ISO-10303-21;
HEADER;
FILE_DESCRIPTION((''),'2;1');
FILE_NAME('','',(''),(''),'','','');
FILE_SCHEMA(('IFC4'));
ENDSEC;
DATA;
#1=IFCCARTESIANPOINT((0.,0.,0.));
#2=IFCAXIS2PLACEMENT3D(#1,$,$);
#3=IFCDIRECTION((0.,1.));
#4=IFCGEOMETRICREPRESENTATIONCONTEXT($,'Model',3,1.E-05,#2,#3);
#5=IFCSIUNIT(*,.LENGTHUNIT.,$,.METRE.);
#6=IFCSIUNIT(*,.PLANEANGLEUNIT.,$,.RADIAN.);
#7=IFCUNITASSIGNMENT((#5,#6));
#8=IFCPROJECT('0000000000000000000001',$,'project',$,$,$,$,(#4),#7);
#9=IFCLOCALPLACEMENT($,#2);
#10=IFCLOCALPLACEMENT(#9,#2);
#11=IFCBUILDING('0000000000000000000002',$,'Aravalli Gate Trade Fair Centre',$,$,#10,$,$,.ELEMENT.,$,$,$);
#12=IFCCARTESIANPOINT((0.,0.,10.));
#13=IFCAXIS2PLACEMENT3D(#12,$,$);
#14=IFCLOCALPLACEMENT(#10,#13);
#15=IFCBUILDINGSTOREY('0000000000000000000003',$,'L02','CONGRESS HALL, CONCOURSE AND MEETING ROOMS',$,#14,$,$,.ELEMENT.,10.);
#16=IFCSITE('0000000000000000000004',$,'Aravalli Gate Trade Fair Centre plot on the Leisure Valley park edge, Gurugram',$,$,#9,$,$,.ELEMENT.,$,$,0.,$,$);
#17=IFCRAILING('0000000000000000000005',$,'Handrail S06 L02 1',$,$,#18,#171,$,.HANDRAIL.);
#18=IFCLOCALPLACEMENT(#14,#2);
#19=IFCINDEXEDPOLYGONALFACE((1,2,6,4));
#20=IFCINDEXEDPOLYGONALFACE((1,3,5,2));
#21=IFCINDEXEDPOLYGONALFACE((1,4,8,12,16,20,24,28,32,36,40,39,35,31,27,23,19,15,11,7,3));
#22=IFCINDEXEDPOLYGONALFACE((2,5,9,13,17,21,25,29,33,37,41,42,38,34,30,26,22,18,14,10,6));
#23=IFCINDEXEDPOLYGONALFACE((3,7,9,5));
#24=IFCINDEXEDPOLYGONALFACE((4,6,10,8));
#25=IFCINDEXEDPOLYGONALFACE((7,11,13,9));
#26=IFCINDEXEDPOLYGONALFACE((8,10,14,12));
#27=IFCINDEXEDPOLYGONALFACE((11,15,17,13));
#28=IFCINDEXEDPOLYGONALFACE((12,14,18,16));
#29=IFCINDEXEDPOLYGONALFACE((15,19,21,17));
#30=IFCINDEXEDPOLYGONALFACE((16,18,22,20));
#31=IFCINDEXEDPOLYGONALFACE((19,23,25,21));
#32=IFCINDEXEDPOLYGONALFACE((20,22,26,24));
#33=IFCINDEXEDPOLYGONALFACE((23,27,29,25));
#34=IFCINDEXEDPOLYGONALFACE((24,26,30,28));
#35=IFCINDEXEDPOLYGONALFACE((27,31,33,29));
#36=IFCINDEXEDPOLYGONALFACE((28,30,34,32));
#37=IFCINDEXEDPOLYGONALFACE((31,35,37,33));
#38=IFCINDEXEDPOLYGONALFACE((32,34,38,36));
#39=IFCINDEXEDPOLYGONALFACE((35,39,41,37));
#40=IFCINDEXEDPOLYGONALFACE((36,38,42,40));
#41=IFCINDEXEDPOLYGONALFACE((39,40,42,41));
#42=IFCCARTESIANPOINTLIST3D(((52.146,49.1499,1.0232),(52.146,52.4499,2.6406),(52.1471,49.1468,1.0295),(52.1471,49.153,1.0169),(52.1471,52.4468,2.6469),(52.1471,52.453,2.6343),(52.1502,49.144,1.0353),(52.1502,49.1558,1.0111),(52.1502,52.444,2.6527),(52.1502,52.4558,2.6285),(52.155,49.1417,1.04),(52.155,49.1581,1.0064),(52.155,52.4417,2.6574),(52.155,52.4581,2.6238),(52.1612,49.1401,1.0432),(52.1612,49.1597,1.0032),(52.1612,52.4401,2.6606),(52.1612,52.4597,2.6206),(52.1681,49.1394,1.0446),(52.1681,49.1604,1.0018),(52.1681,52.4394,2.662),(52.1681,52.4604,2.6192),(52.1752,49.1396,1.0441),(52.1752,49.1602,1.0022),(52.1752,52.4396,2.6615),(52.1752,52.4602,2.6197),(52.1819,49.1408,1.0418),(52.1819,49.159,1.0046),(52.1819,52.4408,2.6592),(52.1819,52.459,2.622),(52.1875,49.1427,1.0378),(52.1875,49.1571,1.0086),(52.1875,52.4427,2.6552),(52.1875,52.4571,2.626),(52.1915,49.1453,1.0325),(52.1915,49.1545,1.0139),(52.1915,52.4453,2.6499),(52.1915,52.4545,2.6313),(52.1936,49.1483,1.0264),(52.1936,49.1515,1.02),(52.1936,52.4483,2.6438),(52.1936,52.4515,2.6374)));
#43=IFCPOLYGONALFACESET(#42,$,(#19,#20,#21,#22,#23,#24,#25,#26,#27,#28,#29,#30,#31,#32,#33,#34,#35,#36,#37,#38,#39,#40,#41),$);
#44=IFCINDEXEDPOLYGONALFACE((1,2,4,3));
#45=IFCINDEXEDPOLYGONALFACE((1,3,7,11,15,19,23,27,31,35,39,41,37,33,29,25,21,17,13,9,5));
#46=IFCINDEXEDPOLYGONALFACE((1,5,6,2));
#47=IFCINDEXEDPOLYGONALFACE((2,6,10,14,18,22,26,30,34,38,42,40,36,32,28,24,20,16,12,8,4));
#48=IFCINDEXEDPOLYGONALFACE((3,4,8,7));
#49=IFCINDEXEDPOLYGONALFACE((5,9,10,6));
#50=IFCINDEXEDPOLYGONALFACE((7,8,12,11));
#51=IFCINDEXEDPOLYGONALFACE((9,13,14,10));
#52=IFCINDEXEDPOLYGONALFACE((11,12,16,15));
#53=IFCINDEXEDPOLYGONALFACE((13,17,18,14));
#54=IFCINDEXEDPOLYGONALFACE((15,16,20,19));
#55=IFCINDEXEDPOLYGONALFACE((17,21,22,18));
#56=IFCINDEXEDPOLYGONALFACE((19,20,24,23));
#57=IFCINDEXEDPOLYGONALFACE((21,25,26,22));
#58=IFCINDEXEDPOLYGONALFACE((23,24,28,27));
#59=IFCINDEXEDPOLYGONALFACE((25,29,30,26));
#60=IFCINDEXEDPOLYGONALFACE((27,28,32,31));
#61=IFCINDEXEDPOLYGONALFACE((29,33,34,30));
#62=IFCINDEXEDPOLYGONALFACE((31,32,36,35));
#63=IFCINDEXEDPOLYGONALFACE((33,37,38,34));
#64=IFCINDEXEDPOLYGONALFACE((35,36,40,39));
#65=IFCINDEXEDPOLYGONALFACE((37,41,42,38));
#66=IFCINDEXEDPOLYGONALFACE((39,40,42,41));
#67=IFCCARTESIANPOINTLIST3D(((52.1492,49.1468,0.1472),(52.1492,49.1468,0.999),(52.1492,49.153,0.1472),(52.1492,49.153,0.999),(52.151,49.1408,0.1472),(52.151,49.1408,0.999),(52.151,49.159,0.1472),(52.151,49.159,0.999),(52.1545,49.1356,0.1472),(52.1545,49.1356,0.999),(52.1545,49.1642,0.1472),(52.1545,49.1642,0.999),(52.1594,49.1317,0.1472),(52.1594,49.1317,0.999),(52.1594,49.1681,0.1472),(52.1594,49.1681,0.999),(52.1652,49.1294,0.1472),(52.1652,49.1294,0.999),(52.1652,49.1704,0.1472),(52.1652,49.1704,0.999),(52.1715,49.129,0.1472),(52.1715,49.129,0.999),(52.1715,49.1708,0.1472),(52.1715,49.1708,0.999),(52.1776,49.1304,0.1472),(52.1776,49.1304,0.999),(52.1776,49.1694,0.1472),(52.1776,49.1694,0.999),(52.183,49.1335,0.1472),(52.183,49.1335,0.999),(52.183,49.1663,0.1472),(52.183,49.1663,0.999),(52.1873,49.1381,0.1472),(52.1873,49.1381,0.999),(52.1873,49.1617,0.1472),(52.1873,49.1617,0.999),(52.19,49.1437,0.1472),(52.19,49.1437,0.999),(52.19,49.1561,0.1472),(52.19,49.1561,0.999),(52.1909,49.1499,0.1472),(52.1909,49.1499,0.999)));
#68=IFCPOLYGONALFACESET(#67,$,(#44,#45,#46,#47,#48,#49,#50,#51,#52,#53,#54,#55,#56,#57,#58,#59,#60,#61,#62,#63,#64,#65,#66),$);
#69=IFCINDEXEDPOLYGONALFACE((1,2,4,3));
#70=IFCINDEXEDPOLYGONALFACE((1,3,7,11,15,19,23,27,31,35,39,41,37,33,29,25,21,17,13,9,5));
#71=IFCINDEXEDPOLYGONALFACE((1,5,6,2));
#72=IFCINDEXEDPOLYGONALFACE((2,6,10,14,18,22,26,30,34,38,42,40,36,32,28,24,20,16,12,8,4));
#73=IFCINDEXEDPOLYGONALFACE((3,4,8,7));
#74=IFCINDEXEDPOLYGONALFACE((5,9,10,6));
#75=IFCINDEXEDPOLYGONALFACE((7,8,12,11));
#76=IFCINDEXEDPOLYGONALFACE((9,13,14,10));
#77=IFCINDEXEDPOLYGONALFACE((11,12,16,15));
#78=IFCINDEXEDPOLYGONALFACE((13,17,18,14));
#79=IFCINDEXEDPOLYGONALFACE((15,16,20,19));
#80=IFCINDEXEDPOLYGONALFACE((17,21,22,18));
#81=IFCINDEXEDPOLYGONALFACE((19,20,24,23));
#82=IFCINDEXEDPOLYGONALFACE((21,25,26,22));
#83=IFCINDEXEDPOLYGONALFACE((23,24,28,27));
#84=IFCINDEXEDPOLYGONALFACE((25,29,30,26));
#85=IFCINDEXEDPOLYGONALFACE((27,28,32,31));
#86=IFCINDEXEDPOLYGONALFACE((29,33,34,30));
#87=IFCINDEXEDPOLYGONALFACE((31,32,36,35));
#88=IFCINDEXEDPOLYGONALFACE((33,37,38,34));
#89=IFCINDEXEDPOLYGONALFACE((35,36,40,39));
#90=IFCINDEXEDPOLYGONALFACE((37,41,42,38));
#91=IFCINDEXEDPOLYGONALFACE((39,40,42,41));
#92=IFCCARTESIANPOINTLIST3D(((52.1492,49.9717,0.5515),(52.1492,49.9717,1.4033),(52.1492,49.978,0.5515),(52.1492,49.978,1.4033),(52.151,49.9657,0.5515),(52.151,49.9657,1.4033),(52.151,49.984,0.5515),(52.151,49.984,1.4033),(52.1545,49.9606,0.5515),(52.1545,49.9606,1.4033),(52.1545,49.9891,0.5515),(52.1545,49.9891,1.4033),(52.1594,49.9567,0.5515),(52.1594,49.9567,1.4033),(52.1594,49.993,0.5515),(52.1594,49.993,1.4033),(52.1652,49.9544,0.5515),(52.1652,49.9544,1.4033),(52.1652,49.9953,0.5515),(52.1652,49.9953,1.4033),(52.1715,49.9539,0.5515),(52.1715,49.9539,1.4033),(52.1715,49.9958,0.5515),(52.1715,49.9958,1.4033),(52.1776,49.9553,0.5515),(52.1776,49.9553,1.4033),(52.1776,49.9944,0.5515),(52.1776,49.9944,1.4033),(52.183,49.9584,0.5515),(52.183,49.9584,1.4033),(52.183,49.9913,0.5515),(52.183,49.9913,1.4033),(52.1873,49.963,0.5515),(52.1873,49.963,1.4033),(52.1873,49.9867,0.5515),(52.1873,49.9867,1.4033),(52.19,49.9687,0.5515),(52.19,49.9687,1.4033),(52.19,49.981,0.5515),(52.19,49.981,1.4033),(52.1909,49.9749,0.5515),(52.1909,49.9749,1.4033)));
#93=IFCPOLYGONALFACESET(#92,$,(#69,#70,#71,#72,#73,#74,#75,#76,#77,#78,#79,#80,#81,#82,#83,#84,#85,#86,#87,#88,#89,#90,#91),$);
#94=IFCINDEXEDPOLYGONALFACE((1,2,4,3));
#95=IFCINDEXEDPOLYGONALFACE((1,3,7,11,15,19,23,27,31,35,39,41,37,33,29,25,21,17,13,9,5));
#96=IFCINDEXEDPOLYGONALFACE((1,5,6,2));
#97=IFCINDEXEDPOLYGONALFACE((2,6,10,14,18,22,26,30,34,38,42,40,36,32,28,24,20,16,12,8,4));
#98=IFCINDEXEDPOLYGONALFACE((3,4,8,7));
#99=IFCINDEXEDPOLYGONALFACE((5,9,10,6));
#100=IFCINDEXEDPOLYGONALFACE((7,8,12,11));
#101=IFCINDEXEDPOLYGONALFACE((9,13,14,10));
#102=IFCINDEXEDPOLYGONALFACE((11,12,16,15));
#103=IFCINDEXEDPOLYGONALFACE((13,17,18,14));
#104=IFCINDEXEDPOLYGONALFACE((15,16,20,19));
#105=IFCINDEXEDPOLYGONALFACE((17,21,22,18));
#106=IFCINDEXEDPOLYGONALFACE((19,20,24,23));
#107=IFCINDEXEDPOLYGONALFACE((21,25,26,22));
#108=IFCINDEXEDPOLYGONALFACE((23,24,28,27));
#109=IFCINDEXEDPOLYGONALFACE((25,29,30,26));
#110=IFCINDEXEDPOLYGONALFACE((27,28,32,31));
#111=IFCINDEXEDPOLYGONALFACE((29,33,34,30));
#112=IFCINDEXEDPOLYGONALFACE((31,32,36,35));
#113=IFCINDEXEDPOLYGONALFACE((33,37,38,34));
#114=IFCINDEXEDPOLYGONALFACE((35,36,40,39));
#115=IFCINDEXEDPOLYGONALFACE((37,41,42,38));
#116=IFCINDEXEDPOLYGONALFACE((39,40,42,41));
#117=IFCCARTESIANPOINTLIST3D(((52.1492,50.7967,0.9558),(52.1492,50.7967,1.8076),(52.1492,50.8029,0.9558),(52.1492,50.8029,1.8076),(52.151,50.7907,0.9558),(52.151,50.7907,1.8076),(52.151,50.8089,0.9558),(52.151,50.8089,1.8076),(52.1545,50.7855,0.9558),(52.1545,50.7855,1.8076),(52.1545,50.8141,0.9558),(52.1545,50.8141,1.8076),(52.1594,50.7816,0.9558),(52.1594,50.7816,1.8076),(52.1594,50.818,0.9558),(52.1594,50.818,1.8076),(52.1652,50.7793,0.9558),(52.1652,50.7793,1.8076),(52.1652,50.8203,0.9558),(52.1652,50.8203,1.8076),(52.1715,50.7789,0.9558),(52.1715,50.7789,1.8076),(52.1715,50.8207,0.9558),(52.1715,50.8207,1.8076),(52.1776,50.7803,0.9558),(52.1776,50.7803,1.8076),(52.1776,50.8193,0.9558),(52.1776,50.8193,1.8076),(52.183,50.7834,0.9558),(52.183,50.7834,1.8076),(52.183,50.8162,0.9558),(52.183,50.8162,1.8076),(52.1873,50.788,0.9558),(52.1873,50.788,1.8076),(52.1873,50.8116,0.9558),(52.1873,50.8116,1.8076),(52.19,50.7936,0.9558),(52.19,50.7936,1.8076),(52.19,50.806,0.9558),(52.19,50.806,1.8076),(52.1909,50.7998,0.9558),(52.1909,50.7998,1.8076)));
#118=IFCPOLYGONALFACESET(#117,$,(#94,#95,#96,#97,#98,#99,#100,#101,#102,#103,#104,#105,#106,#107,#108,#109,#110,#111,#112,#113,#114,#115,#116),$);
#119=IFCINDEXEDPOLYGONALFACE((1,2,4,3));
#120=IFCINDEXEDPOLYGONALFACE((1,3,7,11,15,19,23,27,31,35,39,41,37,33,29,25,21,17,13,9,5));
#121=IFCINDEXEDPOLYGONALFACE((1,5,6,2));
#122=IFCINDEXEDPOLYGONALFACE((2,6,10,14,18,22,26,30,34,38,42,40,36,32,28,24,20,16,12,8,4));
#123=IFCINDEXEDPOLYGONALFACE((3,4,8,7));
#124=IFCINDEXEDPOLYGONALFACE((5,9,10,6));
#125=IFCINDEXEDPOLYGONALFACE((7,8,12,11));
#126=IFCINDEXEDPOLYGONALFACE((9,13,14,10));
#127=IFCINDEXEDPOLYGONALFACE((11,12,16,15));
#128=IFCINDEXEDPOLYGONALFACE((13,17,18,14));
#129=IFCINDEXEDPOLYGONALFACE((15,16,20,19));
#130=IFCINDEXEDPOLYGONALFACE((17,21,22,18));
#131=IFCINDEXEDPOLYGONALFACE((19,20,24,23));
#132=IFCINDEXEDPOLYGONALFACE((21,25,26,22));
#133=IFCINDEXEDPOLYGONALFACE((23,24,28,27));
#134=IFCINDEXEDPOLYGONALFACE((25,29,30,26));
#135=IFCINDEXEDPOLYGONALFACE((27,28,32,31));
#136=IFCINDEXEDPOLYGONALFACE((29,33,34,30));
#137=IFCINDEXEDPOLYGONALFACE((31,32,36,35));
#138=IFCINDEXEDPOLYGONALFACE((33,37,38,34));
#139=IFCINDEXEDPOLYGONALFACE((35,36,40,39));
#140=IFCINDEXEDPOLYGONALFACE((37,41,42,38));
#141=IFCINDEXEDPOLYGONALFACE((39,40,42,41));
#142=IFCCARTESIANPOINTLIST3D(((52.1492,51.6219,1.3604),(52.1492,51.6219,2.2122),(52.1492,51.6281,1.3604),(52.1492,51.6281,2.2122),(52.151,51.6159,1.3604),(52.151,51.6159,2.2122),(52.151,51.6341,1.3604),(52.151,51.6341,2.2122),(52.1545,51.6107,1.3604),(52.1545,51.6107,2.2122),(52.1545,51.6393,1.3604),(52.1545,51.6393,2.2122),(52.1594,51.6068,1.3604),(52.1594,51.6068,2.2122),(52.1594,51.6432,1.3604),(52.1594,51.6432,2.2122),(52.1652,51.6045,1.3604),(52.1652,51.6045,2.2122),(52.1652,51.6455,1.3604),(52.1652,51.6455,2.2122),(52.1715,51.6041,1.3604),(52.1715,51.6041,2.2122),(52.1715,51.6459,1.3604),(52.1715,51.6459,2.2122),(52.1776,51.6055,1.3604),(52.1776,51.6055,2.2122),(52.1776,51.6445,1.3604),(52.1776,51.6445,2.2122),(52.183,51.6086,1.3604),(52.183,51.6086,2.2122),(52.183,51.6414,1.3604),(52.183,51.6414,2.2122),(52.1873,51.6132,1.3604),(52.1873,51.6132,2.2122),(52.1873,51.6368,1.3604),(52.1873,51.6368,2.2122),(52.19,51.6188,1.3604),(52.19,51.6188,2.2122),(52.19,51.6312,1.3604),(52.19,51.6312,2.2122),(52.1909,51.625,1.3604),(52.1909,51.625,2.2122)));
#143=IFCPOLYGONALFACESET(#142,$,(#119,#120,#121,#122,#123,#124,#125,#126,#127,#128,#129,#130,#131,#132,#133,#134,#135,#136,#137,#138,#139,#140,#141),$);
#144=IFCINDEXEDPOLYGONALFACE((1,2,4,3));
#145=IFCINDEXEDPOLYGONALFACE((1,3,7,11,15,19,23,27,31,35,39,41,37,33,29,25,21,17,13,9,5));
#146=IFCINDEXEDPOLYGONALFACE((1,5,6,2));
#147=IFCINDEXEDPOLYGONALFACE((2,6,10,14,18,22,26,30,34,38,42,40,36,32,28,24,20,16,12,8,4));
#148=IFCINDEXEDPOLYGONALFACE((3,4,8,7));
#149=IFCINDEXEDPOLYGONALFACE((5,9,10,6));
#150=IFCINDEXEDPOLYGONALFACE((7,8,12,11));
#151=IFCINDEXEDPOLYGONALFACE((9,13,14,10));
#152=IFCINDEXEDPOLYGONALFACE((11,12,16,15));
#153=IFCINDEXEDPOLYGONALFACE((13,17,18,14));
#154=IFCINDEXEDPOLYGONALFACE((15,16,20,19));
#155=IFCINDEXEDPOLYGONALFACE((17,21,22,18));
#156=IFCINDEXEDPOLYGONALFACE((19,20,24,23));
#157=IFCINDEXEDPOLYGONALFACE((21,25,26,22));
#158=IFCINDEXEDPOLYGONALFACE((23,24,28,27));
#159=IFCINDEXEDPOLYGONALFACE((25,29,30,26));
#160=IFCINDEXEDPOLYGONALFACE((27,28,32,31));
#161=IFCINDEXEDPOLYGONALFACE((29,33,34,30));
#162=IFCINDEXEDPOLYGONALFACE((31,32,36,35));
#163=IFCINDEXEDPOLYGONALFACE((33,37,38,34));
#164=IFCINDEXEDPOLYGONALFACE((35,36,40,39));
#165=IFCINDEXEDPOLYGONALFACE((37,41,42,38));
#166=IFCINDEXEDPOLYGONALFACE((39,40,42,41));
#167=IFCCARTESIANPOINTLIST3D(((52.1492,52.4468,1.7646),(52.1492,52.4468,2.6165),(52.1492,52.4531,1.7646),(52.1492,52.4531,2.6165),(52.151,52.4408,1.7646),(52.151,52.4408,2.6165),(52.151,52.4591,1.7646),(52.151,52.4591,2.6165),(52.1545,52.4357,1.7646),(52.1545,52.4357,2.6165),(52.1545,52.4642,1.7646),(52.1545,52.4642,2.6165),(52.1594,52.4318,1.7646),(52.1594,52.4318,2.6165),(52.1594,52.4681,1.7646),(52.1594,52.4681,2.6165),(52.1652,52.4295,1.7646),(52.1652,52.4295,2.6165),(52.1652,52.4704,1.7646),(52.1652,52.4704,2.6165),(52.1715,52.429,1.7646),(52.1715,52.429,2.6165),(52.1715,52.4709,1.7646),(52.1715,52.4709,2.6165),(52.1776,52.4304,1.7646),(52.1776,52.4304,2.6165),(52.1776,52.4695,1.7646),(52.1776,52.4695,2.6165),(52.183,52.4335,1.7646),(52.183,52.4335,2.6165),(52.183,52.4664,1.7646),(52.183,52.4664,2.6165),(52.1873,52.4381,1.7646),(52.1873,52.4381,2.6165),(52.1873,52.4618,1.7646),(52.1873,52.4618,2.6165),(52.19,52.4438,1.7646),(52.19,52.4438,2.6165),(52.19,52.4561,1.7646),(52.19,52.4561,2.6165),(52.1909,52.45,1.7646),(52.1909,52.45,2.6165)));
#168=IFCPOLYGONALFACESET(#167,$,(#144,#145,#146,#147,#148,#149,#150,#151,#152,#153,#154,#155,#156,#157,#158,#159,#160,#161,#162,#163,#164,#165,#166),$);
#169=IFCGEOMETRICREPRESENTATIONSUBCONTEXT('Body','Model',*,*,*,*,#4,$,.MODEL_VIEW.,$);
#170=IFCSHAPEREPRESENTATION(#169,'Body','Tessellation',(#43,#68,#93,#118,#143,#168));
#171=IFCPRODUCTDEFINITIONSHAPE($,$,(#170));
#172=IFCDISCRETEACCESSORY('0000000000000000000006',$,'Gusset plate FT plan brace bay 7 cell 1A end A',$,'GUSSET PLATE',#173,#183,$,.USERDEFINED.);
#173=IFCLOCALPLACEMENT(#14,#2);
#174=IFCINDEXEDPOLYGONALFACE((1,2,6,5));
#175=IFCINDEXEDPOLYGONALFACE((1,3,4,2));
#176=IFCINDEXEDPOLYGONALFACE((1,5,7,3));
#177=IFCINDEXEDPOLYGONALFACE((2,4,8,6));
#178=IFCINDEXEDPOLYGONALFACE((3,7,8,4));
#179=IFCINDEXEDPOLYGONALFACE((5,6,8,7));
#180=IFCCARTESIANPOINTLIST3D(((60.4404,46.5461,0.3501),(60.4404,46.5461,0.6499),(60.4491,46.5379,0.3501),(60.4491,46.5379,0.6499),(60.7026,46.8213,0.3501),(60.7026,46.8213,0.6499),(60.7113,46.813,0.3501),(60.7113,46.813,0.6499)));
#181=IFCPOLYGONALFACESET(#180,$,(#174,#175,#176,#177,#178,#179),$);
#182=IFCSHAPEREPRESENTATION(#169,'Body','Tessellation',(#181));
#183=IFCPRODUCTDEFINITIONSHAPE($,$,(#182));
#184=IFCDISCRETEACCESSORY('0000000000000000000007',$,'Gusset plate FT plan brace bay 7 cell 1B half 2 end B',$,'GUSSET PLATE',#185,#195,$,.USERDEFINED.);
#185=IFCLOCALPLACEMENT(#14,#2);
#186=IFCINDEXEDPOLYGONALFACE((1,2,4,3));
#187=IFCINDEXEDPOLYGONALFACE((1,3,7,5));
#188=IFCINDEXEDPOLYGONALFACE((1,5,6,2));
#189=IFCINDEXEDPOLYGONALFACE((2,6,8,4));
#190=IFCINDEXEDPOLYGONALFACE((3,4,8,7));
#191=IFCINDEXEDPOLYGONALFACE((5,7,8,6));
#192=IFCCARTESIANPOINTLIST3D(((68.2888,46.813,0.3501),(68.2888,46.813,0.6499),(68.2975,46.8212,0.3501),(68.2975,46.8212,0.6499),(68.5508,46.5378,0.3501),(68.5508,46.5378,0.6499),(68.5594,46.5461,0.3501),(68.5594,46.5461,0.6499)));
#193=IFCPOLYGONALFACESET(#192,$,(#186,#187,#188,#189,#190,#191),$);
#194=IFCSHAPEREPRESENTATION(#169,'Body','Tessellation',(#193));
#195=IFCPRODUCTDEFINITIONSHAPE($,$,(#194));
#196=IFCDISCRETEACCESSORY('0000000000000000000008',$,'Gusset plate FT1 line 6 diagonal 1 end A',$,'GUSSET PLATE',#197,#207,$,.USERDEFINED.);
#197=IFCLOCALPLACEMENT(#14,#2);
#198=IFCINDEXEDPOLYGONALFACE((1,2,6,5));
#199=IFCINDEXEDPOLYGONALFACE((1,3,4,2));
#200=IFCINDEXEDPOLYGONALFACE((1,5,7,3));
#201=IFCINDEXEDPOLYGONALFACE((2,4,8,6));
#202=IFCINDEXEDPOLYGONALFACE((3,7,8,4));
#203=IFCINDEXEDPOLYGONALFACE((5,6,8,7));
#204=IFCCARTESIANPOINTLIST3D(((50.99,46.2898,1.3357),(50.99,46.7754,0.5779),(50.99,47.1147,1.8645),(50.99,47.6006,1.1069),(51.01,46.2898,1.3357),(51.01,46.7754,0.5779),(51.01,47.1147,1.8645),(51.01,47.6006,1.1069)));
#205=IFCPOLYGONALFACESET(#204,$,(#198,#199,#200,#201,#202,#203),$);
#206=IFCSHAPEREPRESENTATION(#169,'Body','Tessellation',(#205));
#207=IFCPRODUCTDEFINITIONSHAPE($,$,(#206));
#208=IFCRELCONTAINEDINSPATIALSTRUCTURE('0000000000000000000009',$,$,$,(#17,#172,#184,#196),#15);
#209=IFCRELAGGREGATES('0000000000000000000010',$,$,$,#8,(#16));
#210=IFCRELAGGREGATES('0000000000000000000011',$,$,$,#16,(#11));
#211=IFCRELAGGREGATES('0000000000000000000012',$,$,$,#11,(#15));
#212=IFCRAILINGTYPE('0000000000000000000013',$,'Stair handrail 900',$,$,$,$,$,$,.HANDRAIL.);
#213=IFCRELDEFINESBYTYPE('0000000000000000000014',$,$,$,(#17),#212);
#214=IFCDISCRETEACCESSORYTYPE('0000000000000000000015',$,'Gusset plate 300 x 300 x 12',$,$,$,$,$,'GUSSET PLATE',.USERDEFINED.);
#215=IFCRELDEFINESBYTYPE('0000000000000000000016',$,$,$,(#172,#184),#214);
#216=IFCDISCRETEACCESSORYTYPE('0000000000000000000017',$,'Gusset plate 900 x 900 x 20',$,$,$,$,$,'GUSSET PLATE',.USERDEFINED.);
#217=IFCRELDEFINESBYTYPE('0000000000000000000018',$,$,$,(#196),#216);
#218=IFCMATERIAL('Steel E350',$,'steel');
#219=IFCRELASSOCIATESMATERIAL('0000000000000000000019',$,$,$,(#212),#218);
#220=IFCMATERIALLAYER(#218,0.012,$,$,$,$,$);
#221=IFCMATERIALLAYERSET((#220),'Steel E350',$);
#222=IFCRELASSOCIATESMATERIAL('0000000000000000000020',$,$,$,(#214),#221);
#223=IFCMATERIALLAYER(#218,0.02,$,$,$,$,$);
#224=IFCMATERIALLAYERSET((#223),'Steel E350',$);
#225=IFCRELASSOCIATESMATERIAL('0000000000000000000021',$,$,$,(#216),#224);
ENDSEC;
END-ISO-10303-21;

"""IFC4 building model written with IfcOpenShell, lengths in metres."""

from ifc_helpers import new_model, si_unit, direction, frame, origin, origin_2d, place, context, subcontext, project, spatial, polyline, circle, outline, extrude, material, layer, layer_set, type_object, element, save


model = new_model("IFC4")

# Units and contexts
model_context = context("Model", 3, precision=1e-05, world=origin(), true_north=direction((0.0, 1.0)))
body_context = subcontext(model_context, "Body", "Model", "MODEL_VIEW")
ifc_project = project(units=[si_unit("LENGTHUNIT", "METRE"), si_unit("PLANEANGLEUNIT", "RADIAN")], contexts=[model_context])

# Site, building, storey
site_placement = place(None, origin())
site = spatial("IfcSite", under=ifc_project, at=site_placement, Name="Aravalli Gate Trade Fair Centre plot on the Leisure Valley park edge, Gurugram", CompositionType="ELEMENT", RefElevation=0.0)
building_placement = place(site_placement, origin())
building = spatial("IfcBuilding", under=site, at=building_placement, Name="Aravalli Gate Trade Fair Centre", CompositionType="ELEMENT")
storey_placement = place(building_placement, frame((0.0, 0.0, 10.0)))
storey = spatial("IfcBuildingStorey", under=building, at=storey_placement, Name="L02", Description="CONGRESS HALL, CONCOURSE AND MEETING ROOMS", CompositionType="ELEMENT", Elevation=10.0)

# Shared definitions
ifc_material_1 = material(Name="Steel E350", Category="steel")

# Railing
railing_type = type_object("IfcRailingType", Name="Stair handrail 900", PredefinedType="HANDRAIL", material=ifc_material_1)
railing_placement = place(storey_placement, frame((52.1699, 49.1499, 0.1472)))
element("IfcRailing", 1, at=railing_placement, inside=storey, type_object=railing_type, Name="Handrail S06 L02 1", PredefinedType="HANDRAIL", context=body_context, shape_type="SweptSolid", body=[
    extrude(circle(Radius=0.0239, at=origin_2d()), frame((0.0, 0.0, 0.876), z_axis=(0.0, 0.897946, 0.440105), x_axis=(-1.0, 0.0, 0.0)), (0.0, 0.0, 1.0), 3.675),
    extrude(circle(Radius=0.021, at=origin_2d()), origin(), (0.0, 0.0, 1.0), 0.8518),
    extrude(circle(Radius=0.021, at=origin_2d()), frame((0.0, 0.825, 0.4043)), (0.0, 0.0, 1.0), 0.8518),
    extrude(circle(Radius=0.021, at=origin_2d()), frame((0.0, 1.6499, 0.8086)), (0.0, 0.0, 1.0), 0.8518),
    extrude(circle(Radius=0.021, at=origin_2d()), frame((0.0, 2.4751, 1.2131)), (0.0, 0.0, 1.0), 0.8518),
    extrude(circle(Radius=0.021, at=origin_2d()), frame((0.0, 3.3, 1.6174)), (0.0, 0.0, 1.0), 0.8518),
])

# Discrete accessories
ifc_layer_1 = layer(ifc_material_1, 0.012)
ifc_layer_set_1 = layer_set([ifc_layer_1], Name="Steel E350")
discrete_accessory_type_1 = type_object("IfcDiscreteAccessoryType", Name="Gusset plate 300 x 300 x 12", ElementType="GUSSET PLATE", PredefinedType="USERDEFINED", material=ifc_layer_set_1)
discrete_accessory_1_placement = place(storey_placement, frame((60.7026, 46.8213, 0.3501), z_axis=(-0.723924, 0.68988, 0.0), x_axis=(-0.68988, -0.723924, 0.0)))
element("IfcDiscreteAccessory", 2, at=discrete_accessory_1_placement, inside=storey, type_object=discrete_accessory_type_1, Name="Gusset plate FT plan brace bay 7 cell 1A end A", ObjectType="GUSSET PLATE", PredefinedType="USERDEFINED", context=body_context, shape_type="SweptSolid", body=[
    extrude(outline(polyline([(0.0, 0.0), (0.3801, 0.0), (0.3801, 0.2998), (0.0, 0.2998), (0.0, 0.0)])), origin(), (0.0, 0.0, -1.0), 0.012),
])
discrete_accessory_2_placement = place(storey_placement, frame((68.2888, 46.813, 0.3501), z_axis=(-0.724245, -0.689543, 0.0), x_axis=(0.689543, -0.724245, 0.0)))
element("IfcDiscreteAccessory", 3, at=discrete_accessory_2_placement, inside=storey, type_object=discrete_accessory_type_1, Name="Gusset plate FT plan brace bay 7 cell 1B half 2 end B", ObjectType="GUSSET PLATE", PredefinedType="USERDEFINED", context=body_context, shape_type="SweptSolid", body=[
    extrude(outline(polyline([(0.0, 0.0), (0.3799, 0.0), (0.3799, 0.2998), (0.0, 0.2998), (0.0, 0.0)])), origin(), (0.0, 0.0, -1.0), 0.012),
])
ifc_layer_2 = layer(ifc_material_1, 0.02)
ifc_layer_set_2 = layer_set([ifc_layer_2], Name="Steel E350")
discrete_accessory_type_2 = type_object("IfcDiscreteAccessoryType", Name="Gusset plate 900 x 900 x 20", ElementType="GUSSET PLATE", PredefinedType="USERDEFINED", material=ifc_layer_set_2)
for number, where, z_axis, x_axis, name in (
    (4, (50.99, 47.6006, 1.1069), (-1.0, 0.0, 0.0), (0.0, -0.841841, -0.539725), "Gusset plate FT1 line 6 diagonal 1 end A"),
):
    element("IfcDiscreteAccessory", number, at=place(storey_placement, frame(where, z_axis=z_axis, x_axis=x_axis)), inside=storey, type_object=discrete_accessory_type_2, Name=name, ObjectType="GUSSET PLATE", PredefinedType="USERDEFINED", context=body_context, shape_type="SweptSolid", body=[
        extrude(outline(polyline([(0.0, 0.0), (0.9802, 0.0), (0.98, 0.9), (0.0001, 0.9), (0.0, 0.0)])), origin(), (0.0, 0.0, -1.0), 0.02),
    ])

save(model, "model.ifc")
